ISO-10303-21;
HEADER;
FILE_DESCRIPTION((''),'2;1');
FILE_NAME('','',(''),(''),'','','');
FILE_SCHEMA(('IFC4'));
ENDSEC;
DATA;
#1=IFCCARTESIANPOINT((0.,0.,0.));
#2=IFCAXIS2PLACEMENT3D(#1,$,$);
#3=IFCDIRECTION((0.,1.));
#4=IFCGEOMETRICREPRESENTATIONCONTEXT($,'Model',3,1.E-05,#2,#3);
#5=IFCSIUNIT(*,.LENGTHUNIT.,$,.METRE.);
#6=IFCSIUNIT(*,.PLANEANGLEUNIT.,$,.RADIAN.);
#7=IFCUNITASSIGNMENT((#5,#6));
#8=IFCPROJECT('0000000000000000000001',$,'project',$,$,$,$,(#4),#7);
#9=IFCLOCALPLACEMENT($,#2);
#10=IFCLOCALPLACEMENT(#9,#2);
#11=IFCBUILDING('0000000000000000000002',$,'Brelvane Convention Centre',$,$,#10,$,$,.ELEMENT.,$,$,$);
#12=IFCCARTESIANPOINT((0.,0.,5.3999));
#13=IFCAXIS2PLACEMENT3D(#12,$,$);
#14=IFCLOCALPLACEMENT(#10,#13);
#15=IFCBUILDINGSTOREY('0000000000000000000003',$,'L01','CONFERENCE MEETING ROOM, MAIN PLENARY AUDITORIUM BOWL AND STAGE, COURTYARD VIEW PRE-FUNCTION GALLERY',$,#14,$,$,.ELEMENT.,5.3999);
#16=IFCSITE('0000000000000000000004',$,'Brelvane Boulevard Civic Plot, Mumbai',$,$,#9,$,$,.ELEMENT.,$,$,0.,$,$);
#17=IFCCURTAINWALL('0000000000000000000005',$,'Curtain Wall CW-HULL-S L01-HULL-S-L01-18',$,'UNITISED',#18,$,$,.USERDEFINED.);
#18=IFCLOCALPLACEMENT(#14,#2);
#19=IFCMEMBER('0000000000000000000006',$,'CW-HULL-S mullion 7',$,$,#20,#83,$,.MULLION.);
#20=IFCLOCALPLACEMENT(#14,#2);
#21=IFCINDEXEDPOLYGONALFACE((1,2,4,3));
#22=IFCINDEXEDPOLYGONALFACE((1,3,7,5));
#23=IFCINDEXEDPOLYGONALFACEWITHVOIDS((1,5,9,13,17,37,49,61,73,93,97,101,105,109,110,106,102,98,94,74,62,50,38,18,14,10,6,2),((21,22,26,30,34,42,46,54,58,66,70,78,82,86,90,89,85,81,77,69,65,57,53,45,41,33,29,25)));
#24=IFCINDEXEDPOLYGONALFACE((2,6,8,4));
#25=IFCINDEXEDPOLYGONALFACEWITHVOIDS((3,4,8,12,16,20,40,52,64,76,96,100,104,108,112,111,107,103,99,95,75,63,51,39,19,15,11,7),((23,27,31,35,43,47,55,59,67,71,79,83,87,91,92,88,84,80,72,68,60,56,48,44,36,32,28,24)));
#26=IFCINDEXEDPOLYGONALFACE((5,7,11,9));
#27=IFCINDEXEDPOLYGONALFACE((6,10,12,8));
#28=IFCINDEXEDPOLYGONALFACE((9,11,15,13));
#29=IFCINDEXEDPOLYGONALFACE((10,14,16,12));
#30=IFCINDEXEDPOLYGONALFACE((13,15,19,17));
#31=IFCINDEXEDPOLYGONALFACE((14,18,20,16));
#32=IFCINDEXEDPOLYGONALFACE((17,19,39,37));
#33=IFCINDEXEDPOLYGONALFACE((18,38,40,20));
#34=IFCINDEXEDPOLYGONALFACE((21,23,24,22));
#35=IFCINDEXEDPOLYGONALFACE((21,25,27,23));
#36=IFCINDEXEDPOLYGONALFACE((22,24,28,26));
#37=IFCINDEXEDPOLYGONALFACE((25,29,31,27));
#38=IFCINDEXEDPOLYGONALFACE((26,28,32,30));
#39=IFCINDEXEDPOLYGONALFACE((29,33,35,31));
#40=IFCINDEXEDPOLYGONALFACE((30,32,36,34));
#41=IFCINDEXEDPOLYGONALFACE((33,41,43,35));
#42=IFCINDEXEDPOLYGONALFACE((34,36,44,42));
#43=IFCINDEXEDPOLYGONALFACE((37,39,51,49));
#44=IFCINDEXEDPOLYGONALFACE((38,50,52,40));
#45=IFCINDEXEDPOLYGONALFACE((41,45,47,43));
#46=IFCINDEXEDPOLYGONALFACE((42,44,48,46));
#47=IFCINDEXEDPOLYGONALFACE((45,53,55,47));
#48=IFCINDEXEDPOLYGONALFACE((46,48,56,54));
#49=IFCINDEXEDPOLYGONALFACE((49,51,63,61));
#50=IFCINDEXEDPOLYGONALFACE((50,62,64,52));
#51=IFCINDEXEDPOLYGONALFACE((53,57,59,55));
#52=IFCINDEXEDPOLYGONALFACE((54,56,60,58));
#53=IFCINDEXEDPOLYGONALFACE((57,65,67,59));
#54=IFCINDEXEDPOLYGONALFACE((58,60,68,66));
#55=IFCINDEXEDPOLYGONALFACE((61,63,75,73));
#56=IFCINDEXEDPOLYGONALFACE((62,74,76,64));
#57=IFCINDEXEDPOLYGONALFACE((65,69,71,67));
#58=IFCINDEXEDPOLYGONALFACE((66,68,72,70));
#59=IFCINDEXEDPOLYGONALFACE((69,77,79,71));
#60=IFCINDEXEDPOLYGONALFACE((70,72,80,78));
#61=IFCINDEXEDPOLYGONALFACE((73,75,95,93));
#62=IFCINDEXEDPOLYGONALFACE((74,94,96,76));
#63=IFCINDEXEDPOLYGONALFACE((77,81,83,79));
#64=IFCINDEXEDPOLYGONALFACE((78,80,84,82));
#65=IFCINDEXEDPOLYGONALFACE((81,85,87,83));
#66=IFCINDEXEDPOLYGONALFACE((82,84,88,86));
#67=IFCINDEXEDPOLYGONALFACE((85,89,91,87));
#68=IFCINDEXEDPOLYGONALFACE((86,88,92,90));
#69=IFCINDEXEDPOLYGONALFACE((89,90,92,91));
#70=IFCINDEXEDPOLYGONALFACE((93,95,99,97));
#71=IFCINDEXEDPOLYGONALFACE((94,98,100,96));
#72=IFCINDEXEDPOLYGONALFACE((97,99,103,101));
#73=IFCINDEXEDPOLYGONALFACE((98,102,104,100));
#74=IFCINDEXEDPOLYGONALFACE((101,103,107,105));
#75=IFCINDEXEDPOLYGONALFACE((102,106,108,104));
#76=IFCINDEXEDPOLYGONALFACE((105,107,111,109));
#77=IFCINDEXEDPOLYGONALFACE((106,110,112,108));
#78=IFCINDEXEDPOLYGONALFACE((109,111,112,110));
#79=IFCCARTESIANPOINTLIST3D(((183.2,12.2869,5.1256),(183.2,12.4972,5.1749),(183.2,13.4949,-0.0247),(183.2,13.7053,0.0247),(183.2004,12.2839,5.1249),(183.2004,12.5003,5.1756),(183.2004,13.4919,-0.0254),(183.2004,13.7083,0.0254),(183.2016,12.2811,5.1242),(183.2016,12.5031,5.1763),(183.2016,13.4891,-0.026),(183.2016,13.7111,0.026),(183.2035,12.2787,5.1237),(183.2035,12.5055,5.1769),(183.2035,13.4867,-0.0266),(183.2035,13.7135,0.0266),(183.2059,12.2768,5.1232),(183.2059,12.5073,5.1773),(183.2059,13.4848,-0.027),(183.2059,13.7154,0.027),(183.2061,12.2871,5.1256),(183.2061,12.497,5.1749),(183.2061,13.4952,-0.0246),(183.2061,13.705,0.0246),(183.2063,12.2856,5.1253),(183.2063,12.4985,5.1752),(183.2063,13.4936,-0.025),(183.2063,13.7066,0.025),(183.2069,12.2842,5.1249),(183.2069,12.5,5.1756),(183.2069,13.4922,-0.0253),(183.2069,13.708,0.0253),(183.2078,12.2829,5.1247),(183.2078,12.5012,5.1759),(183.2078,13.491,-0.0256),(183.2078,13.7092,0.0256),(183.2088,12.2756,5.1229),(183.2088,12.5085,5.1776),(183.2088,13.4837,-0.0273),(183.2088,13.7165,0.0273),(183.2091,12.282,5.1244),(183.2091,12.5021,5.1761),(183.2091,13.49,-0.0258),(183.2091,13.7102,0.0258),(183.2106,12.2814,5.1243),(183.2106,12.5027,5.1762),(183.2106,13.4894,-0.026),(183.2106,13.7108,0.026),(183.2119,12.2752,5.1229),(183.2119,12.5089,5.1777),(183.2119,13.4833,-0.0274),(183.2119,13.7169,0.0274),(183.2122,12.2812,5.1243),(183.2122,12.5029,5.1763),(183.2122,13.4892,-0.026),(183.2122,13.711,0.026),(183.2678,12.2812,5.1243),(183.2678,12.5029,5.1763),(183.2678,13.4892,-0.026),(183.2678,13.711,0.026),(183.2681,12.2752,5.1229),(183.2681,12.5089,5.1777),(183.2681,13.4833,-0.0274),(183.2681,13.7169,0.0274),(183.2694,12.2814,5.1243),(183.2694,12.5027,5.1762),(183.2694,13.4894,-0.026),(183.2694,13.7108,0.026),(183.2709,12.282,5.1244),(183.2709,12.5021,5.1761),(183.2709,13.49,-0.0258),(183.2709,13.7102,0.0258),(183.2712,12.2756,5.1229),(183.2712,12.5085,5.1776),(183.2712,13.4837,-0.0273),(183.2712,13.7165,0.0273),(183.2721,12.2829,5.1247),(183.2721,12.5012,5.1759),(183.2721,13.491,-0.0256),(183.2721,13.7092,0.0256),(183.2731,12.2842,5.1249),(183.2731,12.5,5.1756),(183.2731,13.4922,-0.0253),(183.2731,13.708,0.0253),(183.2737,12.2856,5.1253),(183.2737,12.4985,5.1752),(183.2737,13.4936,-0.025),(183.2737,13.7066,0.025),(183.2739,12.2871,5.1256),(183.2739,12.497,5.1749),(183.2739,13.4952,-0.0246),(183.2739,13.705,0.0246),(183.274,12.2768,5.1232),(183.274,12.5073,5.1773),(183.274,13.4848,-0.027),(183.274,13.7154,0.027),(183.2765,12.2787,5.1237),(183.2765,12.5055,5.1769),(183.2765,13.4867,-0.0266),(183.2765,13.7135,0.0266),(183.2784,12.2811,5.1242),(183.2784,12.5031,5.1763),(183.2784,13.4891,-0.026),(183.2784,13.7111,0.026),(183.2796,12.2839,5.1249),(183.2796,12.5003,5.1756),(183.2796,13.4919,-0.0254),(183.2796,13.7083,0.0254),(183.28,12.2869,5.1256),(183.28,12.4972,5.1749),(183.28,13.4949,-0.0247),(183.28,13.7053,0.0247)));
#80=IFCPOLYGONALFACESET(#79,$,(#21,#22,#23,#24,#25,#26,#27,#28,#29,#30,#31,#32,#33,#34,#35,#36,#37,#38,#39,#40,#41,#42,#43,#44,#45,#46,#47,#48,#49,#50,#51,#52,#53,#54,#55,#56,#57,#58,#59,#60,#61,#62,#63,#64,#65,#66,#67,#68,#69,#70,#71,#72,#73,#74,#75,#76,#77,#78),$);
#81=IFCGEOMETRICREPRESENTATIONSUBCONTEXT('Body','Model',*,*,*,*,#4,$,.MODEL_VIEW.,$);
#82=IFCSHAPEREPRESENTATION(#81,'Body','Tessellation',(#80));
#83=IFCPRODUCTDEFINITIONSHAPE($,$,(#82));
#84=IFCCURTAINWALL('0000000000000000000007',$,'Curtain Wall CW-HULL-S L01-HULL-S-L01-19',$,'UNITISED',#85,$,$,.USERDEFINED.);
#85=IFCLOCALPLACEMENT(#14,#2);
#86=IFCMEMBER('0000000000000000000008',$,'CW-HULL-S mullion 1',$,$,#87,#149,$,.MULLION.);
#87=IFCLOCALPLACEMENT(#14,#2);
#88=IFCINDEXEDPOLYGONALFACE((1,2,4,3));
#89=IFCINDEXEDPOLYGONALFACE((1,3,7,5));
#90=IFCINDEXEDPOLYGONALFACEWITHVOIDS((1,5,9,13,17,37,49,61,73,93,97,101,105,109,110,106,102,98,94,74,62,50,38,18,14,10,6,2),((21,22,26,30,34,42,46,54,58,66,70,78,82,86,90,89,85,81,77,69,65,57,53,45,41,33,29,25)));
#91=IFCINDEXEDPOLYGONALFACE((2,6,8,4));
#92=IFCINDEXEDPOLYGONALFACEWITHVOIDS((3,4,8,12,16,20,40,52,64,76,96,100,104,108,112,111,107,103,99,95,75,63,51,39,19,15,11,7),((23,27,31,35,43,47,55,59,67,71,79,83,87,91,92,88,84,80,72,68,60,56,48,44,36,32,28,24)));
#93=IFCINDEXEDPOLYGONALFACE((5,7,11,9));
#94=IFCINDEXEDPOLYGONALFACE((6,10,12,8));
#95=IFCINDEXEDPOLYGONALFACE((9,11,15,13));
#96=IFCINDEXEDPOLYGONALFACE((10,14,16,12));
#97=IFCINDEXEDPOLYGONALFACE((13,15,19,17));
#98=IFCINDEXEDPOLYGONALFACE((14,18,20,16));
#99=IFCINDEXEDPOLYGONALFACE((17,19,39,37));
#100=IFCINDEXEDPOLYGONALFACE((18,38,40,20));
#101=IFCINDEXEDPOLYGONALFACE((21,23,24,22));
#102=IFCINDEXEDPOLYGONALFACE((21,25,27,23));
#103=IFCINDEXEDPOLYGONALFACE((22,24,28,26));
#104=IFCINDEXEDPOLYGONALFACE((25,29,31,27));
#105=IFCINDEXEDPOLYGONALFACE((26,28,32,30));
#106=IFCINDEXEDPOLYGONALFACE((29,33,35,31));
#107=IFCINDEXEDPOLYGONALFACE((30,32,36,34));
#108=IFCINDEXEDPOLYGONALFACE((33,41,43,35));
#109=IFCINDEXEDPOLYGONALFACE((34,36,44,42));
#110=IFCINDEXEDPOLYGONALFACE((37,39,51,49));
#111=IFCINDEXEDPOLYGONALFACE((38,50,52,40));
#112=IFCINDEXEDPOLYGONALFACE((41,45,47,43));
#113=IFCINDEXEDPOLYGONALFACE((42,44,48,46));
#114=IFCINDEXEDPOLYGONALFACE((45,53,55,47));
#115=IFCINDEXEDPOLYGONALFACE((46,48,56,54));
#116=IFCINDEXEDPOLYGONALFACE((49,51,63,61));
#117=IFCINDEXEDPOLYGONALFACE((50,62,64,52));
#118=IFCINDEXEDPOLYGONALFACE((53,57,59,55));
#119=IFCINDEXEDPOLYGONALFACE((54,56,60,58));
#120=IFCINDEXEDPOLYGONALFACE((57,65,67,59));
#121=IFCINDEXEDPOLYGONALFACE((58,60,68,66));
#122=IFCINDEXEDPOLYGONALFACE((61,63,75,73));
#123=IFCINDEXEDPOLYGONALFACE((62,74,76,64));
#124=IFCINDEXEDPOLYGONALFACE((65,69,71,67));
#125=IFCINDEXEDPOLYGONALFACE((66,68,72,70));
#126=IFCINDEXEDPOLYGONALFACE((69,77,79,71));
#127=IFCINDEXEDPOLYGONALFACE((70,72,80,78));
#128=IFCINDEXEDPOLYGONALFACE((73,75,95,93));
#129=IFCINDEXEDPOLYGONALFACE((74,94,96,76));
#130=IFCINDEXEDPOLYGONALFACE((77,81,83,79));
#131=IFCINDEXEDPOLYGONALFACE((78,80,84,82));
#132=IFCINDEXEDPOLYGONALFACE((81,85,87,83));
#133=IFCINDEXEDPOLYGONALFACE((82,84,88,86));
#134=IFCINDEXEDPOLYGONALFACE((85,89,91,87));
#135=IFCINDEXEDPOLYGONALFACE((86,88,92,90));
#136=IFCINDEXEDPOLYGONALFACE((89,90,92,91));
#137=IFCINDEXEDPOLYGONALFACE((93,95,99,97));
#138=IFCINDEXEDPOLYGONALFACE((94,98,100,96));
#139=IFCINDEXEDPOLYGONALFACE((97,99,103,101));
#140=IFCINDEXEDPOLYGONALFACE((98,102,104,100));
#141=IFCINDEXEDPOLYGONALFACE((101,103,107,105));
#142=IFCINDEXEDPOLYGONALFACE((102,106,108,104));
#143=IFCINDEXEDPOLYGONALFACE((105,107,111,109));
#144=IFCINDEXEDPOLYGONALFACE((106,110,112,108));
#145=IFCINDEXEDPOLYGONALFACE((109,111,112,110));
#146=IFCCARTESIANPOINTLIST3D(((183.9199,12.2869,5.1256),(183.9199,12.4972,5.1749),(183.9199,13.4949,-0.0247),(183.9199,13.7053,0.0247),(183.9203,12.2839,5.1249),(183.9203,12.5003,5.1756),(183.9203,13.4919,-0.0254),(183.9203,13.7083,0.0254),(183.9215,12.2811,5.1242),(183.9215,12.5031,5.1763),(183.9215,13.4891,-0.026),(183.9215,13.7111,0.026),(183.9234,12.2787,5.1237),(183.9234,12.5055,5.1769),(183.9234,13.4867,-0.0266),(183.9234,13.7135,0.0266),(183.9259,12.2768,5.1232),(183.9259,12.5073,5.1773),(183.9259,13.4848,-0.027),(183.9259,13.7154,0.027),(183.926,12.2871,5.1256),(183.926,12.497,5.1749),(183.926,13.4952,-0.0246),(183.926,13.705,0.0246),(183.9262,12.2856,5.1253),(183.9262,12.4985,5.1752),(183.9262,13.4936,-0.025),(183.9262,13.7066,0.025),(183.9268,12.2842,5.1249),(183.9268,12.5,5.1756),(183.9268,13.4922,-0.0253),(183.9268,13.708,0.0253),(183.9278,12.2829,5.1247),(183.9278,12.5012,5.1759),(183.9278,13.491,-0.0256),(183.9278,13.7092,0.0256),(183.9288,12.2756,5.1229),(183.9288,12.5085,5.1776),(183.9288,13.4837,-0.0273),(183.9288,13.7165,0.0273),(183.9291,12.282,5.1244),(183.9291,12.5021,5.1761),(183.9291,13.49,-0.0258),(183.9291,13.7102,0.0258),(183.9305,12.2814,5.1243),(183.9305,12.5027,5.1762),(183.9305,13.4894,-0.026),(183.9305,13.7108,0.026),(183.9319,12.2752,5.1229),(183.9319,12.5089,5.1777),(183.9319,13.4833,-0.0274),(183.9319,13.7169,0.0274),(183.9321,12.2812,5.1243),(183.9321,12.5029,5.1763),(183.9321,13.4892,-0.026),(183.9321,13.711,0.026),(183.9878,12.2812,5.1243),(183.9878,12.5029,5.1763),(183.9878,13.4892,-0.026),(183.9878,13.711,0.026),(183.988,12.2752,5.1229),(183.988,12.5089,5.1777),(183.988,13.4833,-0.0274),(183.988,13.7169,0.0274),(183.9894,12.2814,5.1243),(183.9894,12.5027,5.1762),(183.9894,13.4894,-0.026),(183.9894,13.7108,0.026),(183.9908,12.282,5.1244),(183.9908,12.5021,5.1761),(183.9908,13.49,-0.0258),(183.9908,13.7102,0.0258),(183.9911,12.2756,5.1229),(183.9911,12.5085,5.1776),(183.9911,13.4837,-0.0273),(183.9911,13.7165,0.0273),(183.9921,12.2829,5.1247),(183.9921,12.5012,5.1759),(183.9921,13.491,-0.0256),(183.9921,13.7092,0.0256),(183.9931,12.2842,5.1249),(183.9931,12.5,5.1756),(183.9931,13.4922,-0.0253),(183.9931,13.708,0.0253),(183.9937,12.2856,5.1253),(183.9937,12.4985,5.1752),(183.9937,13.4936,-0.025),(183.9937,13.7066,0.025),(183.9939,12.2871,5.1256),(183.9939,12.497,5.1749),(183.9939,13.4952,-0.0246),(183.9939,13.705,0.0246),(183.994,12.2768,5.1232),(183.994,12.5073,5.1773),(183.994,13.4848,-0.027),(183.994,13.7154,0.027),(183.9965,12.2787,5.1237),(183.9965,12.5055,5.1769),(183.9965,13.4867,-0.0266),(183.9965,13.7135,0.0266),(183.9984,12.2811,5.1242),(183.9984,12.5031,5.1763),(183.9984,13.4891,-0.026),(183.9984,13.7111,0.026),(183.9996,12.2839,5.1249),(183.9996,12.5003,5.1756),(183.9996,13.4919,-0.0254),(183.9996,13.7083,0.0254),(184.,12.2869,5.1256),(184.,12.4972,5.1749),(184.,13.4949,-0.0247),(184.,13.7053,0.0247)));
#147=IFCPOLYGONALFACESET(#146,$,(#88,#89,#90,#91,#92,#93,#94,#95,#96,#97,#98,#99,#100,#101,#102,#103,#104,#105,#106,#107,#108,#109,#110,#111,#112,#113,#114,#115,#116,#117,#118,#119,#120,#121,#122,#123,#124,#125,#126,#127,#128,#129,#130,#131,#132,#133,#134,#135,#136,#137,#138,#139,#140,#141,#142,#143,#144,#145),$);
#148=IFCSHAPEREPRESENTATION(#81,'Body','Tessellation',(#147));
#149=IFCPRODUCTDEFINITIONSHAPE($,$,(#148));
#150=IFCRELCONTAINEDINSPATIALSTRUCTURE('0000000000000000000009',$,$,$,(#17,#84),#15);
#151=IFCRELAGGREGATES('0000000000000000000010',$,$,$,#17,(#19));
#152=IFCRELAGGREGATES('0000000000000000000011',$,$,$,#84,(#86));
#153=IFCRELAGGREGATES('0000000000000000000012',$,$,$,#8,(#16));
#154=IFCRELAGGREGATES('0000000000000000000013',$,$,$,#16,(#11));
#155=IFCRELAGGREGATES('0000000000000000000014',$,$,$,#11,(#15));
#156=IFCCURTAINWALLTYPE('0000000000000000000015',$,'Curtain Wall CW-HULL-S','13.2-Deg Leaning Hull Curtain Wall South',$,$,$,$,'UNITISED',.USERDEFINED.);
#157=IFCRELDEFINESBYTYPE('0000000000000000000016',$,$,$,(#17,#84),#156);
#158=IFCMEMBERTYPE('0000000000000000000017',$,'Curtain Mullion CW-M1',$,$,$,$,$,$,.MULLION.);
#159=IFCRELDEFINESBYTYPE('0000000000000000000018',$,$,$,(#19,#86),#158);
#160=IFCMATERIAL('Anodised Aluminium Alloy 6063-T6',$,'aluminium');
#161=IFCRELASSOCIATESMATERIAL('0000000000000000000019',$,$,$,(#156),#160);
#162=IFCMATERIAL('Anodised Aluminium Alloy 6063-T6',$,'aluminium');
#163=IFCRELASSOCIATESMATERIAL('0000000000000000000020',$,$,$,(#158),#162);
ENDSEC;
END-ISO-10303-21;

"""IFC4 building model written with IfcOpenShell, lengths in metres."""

from ifc_helpers import new_model, si_unit, direction, frame, origin, origin_2d, place, context, subcontext, project, spatial, hollow_rectangle, extrude, material, material_profile, profile_set, type_object, element, aggregate, save


model = new_model("IFC4")

# Units and contexts
model_context = context("Model", 3, precision=1e-05, world=origin(), true_north=direction((0.0, 1.0)))
body_context = subcontext(model_context, "Body", "Model", "MODEL_VIEW")
ifc_project = project(units=[si_unit("LENGTHUNIT", "METRE"), si_unit("PLANEANGLEUNIT", "RADIAN")], contexts=[model_context])

# Site, building, storey
site_placement = place(None, origin())
site = spatial("IfcSite", under=ifc_project, at=site_placement, Name="Brelvane Boulevard Civic Plot, Mumbai", CompositionType="ELEMENT", RefElevation=0.0)
building_placement = place(site_placement, origin())
building = spatial("IfcBuilding", under=site, at=building_placement, Name="Brelvane Convention Centre", CompositionType="ELEMENT")
storey_placement = place(building_placement, frame((0.0, 0.0, 5.3999)))
storey = spatial("IfcBuildingStorey", under=building, at=storey_placement, Name="L01", Description="CONFERENCE MEETING ROOM, MAIN PLENARY AUDITORIUM BOWL AND STAGE, COURTYARD VIEW PRE-FUNCTION GALLERY", CompositionType="ELEMENT", Elevation=5.3999)

# Curtain walls, members
ifc_material_1 = material(Name="Anodised Aluminium Alloy 6063-T6", Category="aluminium")
curtain_wall_type = type_object("IfcCurtainWallType", Name="Curtain Wall CW-HULL-S", Description="13.2-Deg Leaning Hull Curtain Wall South", ElementType="UNITISED", PredefinedType="USERDEFINED", material=ifc_material_1)
curtain_wall_1_placement = place(storey_placement, origin())
curtain_wall_1 = element("IfcCurtainWall", 1, at=curtain_wall_1_placement, inside=storey, type_object=curtain_wall_type, Name="Curtain Wall CW-HULL-S L01-HULL-S-L01-18", ObjectType="UNITISED", PredefinedType="USERDEFINED")
ifc_material_2 = material(Name="Anodised Aluminium Alloy 6063-T6", Category="aluminium")
ifc_material_profile_1 = material_profile(ifc_material_2, hollow_rectangle(XDim=0.0801, YDim=0.24, WallThickness=0.0061, InnerFilletRadius=0.0061, OuterFilletRadius=0.012, at=origin_2d()), Name="ALU-M 240x80x6.0")
ifc_profile_set_1 = profile_set([ifc_material_profile_1], Name="Anodised Aluminium Alloy 6063-T6")
member_type_1 = type_object("IfcMemberType", Name="Curtain Mullion CW-M1", PredefinedType="MULLION", material=ifc_profile_set_1)
member_1_placement = place(storey_placement, frame((183.24, 13.6001, 0.0), z_axis=(0.0, -0.22836, 0.973577), x_axis=(1.0, 0.0, 0.0)))
member_1 = element("IfcMember", 2, at=member_1_placement, type_object=member_type_1, Name="CW-HULL-S mullion 7", PredefinedType="MULLION", context=body_context, shape_type="SweptSolid", body=[
    extrude(hollow_rectangle(XDim=0.0801, YDim=0.24, WallThickness=0.0061, InnerFilletRadius=0.0061, OuterFilletRadius=0.012, at=origin_2d()), origin(), (0.0, 0.0, 1.0), 5.29),
])
aggregate(curtain_wall_1, [member_1])
curtain_wall_2_placement = place(storey_placement, origin())
curtain_wall_2 = element("IfcCurtainWall", 3, at=curtain_wall_2_placement, inside=storey, type_object=curtain_wall_type, Name="Curtain Wall CW-HULL-S L01-HULL-S-L01-19", ObjectType="UNITISED", PredefinedType="USERDEFINED")
member_2_placement = place(storey_placement, frame((183.96, 13.6001, 0.0), z_axis=(0.0, -0.22836, 0.973577), x_axis=(1.0, 0.0, 0.0)))
member_2 = element("IfcMember", 4, at=member_2_placement, type_object=member_type_1, Name="CW-HULL-S mullion 1", PredefinedType="MULLION", context=body_context, shape_type="SweptSolid", body=[
    extrude(hollow_rectangle(XDim=0.0801, YDim=0.24, WallThickness=0.0061, InnerFilletRadius=0.0061, OuterFilletRadius=0.012, at=origin_2d()), origin(), (0.0, 0.0, 1.0), 5.29),
])
aggregate(curtain_wall_2, [member_2])

save(model, "model.ifc")
